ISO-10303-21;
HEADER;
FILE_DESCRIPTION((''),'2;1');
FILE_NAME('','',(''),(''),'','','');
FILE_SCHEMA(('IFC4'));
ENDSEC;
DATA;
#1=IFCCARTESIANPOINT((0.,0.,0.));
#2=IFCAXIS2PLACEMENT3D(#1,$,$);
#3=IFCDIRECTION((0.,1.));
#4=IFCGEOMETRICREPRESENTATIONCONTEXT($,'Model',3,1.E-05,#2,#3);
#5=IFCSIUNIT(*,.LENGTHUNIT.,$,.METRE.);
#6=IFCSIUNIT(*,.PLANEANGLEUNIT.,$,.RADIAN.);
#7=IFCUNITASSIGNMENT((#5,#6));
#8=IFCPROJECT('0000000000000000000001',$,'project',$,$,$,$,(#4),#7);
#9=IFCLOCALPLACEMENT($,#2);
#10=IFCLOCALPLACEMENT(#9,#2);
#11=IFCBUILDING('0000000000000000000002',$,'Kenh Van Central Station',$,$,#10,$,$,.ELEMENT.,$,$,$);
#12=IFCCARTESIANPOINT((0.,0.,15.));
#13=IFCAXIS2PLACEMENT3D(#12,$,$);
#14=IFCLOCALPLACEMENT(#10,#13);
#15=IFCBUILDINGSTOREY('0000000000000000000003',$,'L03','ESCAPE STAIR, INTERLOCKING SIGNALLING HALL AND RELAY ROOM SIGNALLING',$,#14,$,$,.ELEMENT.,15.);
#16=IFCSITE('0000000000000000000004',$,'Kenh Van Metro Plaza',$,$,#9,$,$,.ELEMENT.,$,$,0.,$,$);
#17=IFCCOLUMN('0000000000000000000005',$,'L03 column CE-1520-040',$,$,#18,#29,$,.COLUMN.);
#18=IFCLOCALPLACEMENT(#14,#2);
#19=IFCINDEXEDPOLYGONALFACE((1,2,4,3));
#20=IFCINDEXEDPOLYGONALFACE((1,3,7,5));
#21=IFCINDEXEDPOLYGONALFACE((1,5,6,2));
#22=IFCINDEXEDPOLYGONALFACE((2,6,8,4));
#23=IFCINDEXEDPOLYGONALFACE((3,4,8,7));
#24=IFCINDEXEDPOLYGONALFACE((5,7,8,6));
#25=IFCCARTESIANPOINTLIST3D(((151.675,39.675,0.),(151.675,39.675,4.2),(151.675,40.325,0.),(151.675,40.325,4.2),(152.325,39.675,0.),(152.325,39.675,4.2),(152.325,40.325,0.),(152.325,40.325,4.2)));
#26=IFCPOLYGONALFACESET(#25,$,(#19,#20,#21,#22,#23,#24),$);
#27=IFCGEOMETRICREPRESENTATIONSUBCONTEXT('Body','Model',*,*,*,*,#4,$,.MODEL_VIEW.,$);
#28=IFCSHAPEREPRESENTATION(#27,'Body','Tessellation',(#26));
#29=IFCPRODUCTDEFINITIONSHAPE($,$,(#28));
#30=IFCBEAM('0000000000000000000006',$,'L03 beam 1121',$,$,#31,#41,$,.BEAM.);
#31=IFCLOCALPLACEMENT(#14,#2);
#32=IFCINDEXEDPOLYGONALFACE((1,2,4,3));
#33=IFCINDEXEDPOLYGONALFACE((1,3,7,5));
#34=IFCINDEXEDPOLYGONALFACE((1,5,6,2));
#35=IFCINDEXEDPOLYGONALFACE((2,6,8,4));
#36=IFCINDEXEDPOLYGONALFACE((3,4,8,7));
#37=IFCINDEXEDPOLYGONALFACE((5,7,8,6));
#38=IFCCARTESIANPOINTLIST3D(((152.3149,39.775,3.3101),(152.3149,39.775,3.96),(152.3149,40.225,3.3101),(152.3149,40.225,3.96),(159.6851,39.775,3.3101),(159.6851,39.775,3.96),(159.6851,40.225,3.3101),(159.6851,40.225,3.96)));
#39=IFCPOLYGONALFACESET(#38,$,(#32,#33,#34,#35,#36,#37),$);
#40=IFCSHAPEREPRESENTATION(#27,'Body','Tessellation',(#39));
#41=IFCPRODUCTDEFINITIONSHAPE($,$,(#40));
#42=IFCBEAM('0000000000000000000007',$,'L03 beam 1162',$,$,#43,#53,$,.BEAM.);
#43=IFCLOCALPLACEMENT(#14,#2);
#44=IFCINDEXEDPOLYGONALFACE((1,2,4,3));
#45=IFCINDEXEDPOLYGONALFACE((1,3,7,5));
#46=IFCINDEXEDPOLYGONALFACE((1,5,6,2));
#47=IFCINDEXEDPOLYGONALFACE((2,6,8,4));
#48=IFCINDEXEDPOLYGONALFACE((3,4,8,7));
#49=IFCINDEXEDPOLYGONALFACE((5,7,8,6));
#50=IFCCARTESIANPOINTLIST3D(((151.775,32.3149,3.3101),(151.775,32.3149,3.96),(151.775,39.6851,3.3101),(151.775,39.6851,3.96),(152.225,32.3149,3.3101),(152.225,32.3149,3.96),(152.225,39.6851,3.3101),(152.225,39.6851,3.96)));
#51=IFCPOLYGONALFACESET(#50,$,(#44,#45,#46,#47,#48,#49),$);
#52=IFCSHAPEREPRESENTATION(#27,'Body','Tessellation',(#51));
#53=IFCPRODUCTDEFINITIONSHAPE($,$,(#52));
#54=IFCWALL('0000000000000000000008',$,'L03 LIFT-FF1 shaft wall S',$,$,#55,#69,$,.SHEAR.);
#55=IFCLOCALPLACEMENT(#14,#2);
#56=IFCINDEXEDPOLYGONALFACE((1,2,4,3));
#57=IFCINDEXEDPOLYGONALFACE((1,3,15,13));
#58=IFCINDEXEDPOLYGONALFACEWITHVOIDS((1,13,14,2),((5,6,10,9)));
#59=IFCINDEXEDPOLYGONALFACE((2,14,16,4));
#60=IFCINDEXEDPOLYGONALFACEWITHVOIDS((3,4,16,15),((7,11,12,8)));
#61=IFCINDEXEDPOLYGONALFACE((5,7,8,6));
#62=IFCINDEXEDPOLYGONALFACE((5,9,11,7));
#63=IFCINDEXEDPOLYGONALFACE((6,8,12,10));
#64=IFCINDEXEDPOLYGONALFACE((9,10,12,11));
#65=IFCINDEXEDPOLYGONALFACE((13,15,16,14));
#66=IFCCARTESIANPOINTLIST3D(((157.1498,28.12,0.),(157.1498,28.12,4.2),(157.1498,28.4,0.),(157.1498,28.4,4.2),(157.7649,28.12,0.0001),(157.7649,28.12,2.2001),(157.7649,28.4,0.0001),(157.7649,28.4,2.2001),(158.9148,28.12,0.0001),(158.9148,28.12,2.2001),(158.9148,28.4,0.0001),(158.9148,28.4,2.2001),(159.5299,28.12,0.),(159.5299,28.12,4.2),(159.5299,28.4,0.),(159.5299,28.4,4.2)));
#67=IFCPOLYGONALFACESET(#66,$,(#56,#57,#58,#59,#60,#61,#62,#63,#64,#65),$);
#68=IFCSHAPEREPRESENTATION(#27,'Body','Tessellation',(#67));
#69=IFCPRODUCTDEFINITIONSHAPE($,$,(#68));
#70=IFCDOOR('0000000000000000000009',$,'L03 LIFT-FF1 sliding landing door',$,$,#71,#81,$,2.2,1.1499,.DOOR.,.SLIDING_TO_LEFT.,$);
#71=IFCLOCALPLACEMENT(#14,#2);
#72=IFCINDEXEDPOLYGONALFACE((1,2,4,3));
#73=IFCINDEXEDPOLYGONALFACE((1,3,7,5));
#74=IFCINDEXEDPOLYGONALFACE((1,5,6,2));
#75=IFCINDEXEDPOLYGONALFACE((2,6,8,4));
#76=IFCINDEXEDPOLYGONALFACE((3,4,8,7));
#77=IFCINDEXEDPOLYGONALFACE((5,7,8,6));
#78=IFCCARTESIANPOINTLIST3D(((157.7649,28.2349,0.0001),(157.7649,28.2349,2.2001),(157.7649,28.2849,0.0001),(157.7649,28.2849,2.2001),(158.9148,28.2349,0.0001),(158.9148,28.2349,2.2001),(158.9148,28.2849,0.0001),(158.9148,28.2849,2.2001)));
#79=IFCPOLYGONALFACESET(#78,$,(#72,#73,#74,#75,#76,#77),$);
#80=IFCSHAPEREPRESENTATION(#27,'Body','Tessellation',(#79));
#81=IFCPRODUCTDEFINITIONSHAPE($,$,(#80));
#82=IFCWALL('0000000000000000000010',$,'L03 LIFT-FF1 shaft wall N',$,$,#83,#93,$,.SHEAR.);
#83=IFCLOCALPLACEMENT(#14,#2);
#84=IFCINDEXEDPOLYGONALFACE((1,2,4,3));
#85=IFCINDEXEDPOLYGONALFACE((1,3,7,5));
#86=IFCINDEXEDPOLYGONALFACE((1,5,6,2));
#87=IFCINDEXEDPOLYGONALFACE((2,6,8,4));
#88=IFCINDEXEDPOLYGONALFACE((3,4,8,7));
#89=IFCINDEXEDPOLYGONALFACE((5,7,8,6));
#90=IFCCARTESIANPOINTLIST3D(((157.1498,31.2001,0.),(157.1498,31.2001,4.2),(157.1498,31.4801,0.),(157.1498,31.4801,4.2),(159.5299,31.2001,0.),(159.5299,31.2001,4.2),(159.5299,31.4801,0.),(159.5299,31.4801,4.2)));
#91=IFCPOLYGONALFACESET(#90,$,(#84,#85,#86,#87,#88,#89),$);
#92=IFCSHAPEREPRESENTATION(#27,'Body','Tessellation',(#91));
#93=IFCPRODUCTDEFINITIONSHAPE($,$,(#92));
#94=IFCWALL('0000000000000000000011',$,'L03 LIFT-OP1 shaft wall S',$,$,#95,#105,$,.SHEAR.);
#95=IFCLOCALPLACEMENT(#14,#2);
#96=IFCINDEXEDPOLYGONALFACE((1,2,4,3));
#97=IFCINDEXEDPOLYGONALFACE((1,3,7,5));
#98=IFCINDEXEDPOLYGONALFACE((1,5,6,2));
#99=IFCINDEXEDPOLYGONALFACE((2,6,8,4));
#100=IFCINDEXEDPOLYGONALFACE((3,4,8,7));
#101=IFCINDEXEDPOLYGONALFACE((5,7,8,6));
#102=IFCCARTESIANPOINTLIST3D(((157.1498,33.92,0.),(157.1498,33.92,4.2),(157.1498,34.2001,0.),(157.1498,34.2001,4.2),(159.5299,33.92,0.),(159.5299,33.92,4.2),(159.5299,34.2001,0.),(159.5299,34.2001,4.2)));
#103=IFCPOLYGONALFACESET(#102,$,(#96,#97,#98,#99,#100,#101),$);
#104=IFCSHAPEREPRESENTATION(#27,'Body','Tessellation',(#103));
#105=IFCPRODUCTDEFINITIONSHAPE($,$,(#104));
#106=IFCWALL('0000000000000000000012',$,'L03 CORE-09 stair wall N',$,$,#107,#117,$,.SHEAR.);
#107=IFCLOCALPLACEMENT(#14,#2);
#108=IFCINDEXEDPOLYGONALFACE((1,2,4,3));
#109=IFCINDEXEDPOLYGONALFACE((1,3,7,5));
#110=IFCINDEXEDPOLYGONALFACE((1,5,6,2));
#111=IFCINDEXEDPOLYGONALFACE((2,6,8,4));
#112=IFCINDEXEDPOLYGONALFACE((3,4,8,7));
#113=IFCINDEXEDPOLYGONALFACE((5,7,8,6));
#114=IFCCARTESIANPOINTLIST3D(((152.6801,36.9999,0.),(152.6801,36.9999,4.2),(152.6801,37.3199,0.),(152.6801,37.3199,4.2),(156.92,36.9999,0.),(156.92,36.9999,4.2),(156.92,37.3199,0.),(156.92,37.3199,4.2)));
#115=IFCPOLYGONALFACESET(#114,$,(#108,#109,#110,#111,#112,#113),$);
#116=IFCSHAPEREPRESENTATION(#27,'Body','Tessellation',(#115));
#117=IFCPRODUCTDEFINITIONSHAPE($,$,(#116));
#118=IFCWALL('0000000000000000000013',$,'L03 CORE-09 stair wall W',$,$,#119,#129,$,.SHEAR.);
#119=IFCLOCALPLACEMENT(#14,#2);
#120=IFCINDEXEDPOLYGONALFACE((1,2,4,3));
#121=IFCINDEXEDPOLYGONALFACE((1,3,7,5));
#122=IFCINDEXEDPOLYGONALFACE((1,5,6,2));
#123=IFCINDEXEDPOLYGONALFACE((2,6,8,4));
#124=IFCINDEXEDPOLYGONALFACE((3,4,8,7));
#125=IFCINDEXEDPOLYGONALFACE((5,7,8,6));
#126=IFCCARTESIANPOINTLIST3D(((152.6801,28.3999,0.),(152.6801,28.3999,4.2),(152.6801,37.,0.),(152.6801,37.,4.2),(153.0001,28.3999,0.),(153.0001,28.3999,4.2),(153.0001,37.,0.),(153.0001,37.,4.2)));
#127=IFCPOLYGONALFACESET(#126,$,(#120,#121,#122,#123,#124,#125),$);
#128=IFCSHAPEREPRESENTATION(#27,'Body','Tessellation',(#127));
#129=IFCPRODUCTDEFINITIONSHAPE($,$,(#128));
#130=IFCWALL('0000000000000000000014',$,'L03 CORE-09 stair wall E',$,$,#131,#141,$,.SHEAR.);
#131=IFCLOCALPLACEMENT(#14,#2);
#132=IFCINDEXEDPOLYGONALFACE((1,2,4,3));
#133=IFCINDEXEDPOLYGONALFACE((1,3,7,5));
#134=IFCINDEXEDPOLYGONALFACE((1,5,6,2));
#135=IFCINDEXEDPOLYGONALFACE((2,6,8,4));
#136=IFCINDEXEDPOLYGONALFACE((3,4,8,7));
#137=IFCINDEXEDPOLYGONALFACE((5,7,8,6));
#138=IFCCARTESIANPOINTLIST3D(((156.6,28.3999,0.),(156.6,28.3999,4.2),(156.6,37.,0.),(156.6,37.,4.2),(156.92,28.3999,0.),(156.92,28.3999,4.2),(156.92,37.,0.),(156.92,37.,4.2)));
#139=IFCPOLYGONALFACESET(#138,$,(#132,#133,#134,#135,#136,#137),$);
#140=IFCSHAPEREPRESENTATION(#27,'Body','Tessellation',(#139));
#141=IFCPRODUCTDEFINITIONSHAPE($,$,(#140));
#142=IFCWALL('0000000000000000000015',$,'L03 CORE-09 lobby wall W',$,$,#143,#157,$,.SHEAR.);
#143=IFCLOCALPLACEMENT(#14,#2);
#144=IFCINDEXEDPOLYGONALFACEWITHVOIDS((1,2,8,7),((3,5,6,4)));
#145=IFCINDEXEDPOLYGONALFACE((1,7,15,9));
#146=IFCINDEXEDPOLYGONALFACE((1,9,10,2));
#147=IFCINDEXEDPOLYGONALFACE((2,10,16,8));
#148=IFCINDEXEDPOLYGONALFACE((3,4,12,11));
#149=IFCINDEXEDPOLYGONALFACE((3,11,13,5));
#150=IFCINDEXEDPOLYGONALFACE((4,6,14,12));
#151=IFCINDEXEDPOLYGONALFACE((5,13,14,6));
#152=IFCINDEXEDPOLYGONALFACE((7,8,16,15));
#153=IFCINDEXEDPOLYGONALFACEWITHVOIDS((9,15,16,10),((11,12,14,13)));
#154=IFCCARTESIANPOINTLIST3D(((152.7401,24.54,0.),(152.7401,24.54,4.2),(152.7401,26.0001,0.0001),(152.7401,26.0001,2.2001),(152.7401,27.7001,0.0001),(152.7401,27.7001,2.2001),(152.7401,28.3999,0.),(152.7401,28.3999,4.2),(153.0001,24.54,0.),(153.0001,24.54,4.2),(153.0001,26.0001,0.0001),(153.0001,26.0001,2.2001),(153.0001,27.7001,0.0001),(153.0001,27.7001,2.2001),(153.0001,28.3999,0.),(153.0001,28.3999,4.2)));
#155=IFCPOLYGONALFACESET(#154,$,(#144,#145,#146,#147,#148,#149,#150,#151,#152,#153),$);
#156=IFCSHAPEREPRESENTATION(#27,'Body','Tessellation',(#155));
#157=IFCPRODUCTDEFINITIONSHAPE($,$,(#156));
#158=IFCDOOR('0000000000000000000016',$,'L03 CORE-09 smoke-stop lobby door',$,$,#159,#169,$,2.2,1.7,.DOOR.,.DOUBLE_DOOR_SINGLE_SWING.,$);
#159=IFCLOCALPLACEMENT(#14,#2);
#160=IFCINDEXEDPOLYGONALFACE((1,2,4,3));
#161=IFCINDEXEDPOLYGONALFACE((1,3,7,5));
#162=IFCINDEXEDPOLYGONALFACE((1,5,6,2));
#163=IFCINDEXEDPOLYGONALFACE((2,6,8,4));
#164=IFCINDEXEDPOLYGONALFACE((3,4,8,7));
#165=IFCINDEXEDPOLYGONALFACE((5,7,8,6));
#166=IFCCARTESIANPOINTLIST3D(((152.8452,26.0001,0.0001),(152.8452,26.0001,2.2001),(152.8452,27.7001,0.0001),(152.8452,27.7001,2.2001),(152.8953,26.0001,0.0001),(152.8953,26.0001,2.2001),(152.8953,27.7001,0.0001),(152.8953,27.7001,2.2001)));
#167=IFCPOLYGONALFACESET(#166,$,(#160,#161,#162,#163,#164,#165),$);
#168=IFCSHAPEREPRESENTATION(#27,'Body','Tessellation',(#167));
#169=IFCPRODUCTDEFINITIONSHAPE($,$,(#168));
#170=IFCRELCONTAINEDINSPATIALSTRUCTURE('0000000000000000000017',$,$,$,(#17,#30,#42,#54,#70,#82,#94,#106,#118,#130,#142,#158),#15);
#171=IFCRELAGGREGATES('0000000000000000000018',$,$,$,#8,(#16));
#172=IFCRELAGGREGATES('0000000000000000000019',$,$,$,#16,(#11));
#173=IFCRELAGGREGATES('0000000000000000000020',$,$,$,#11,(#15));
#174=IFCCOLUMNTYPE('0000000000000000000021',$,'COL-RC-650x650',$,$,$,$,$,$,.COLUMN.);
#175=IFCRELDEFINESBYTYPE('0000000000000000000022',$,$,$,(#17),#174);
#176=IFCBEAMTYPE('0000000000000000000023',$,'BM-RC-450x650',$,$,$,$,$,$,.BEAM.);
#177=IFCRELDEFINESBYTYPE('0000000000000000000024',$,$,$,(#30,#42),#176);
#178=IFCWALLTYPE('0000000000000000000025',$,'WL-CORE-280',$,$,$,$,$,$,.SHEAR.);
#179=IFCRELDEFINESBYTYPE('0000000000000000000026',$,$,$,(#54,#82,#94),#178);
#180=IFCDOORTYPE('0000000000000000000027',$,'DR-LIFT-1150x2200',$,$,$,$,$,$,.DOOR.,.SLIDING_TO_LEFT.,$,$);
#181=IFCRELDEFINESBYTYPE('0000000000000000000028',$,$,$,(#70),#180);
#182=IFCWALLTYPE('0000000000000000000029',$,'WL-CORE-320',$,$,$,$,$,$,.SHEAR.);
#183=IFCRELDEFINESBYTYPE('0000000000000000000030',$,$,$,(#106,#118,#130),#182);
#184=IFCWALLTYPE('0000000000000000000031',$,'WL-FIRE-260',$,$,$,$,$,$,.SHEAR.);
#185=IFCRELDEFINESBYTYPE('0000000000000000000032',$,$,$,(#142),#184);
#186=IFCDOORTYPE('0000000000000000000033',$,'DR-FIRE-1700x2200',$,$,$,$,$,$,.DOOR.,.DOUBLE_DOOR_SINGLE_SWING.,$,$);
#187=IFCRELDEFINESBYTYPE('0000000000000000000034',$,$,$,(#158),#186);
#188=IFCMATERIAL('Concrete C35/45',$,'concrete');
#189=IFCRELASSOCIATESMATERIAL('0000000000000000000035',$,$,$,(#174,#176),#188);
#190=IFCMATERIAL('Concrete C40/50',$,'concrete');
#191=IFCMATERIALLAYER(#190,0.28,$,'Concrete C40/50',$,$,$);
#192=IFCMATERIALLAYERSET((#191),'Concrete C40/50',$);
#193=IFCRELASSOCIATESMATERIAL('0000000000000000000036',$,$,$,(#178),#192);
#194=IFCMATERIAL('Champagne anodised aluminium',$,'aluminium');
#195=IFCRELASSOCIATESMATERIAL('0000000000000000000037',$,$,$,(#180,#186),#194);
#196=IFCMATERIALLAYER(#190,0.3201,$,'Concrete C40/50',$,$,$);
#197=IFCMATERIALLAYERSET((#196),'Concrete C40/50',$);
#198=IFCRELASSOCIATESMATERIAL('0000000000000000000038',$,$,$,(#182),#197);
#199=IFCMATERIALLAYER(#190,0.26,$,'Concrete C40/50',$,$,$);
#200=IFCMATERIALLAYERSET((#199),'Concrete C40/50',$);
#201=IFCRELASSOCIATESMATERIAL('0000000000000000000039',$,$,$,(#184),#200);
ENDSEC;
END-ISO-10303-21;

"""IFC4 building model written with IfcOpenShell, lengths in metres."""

from ifc_helpers import new_model, si_unit, direction, frame, frame_2d, origin, origin_2d, place, context, subcontext, project, spatial, rectangle, extrude, material, layer, layer_set, material_profile, profile_set, type_object, element, fill, save


model = new_model("IFC4")

# Units and contexts
model_context = context("Model", 3, precision=1e-05, world=origin(), true_north=direction((0.0, 1.0)))
body_context = subcontext(model_context, "Body", "Model", "MODEL_VIEW")
ifc_project = project(units=[si_unit("LENGTHUNIT", "METRE"), si_unit("PLANEANGLEUNIT", "RADIAN")], contexts=[model_context])

# Site, building, storey
site_placement = place(None, origin())
site = spatial("IfcSite", under=ifc_project, at=site_placement, Name="Kenh Van Metro Plaza", CompositionType="ELEMENT", RefElevation=0.0)
building_placement = place(site_placement, origin())
building = spatial("IfcBuilding", under=site, at=building_placement, Name="Kenh Van Central Station", CompositionType="ELEMENT")
storey_placement = place(building_placement, frame((0.0, 0.0, 15.0)))
storey = spatial("IfcBuildingStorey", under=building, at=storey_placement, Name="L03", Description="ESCAPE STAIR, INTERLOCKING SIGNALLING HALL AND RELAY ROOM SIGNALLING", CompositionType="ELEMENT", Elevation=15.0)

# Column
ifc_material_1 = material(Name="Concrete C35/45", Category="concrete")
ifc_material_profile_1 = material_profile(ifc_material_1, rectangle(XDim=0.6499, YDim=0.6499, at=origin_2d()), Name="RC 650x650")
ifc_profile_set_1 = profile_set([ifc_material_profile_1], Name="Concrete C35/45")
column_type = type_object("IfcColumnType", Name="COL-RC-650x650", PredefinedType="COLUMN", material=ifc_profile_set_1)
column_placement = place(storey_placement, frame((152.0, 40.0, 0.0), z_axis=(0.0, 0.0, 1.0), x_axis=(1.0, 0.0, 0.0)))
element("IfcColumn", 1, at=column_placement, inside=storey, type_object=column_type, Name="L03 column CE-1520-040", PredefinedType="COLUMN", context=body_context, shape_type="SweptSolid", body=[
    extrude(rectangle(XDim=0.6499, YDim=0.6499, at=origin_2d()), origin(), (0.0, 0.0, 1.0), 4.2),
])

# Beams
ifc_material_profile_2 = material_profile(ifc_material_1, rectangle(XDim=0.45, YDim=0.6499, at=origin_2d()), Name="RC 450x650")
ifc_profile_set_2 = profile_set([ifc_material_profile_2], Name="Concrete C35/45")
beam_type = type_object("IfcBeamType", Name="BM-RC-450x650", PredefinedType="BEAM", material=ifc_profile_set_2)
for number, where, z_axis, x_axis, name in (
    (2, (152.3149, 40.0, 3.635), (1.0, 0.0, 0.0), (0.0, 1.0, 0.0), "L03 beam 1121"),
    (3, (152.0, 32.3149, 3.635), (0.0, 1.0, 0.0), (-1.0, 0.0, 0.0), "L03 beam 1162"),
):
    element("IfcBeam", number, at=place(storey_placement, frame(where, z_axis=z_axis, x_axis=x_axis)), inside=storey, type_object=beam_type, Name=name, PredefinedType="BEAM", context=body_context, shape_type="SweptSolid", body=[
        extrude(rectangle(XDim=0.45, YDim=0.6499, at=origin_2d()), origin(), (0.0, 0.0, 1.0), 7.3701),
    ])

# Wall, opening, door
ifc_material_2 = material(Name="Concrete C40/50", Category="concrete")
ifc_layer_1 = layer(ifc_material_2, 0.28, Name="Concrete C40/50")
ifc_layer_set_1 = layer_set([ifc_layer_1], Name="Concrete C40/50")
wall_type_1 = type_object("IfcWallType", Name="WL-CORE-280", PredefinedType="SHEAR", material=ifc_layer_set_1)
wall_1_placement = place(storey_placement, frame((157.1499, 28.26, 0.0), z_axis=(0.0, 0.0, 1.0), x_axis=(1.0, 0.0, 0.0)))
wall_1 = element("IfcWall", 4, at=wall_1_placement, inside=storey, type_object=wall_type_1, Name="L03 LIFT-FF1 shaft wall S", PredefinedType="SHEAR", context=body_context, shape_type="SweptSolid", body=[
    extrude(rectangle(XDim=2.3801, YDim=0.28, at=frame_2d((1.1899, 0.0))), origin(), (0.0, 0.0, 1.0), 4.2),
])
opening_1_placement = place(wall_1_placement, frame((0.615, 0.0, 0.0)))
opening_1 = element("IfcOpeningElement", 5, at=opening_1_placement, cuts=wall_1, PredefinedType="OPENING", context=body_context, shape_type="SweptSolid", body=[
    extrude(rectangle(XDim=1.1499, YDim=2.2, at=frame_2d((0.575, 1.1001))), frame((0.0, 0.1499, 0.0), z_axis=(0.0, -1.0, 0.0), x_axis=(1.0, 0.0, 0.0)), (0.0, 0.0, 1.0), 0.3),
])
ifc_material_3 = material(Name="Champagne anodised aluminium", Category="aluminium")
door_type_1 = type_object("IfcDoorType", Name="DR-LIFT-1150x2200", OperationType="SLIDING_TO_LEFT", PredefinedType="DOOR", material=ifc_material_3)
door_1_placement = place(opening_1_placement, origin())
door_1 = element("IfcDoor", 6, at=door_1_placement, inside=storey, type_object=door_type_1, Name="L03 LIFT-FF1 sliding landing door", OperationType="SLIDING_TO_LEFT", OverallHeight=2.2, OverallWidth=1.1499, PredefinedType="DOOR", context=body_context, shape_type="SweptSolid", body=[
    extrude(rectangle(XDim=1.1499, YDim=2.2, at=frame_2d((0.575, 1.1001))), frame((0.0, 0.0249, 0.0), z_axis=(0.0, -1.0, 0.0), x_axis=(1.0, 0.0, 0.0)), (0.0, 0.0, 1.0), 0.05),
])
fill(opening_1, door_1)

# Walls
for number, where, z_axis, x_axis, name in (
    (7, (157.1499, 31.3401, 0.0), (0.0, 0.0, 1.0), (1.0, 0.0, 0.0), "L03 LIFT-FF1 shaft wall N"),
    (8, (157.1499, 34.0601, 0.0), (0.0, 0.0, 1.0), (1.0, 0.0, 0.0), "L03 LIFT-OP1 shaft wall S"),
):
    element("IfcWall", number, at=place(storey_placement, frame(where, z_axis=z_axis, x_axis=x_axis)), inside=storey, type_object=wall_type_1, Name=name, PredefinedType="SHEAR", context=body_context, shape_type="SweptSolid", body=[
        extrude(rectangle(XDim=2.3801, YDim=0.28, at=frame_2d((1.1899, 0.0))), origin(), (0.0, 0.0, 1.0), 4.2),
    ])

# Shared definitions
ifc_layer_2 = layer(ifc_material_2, 0.3201, Name="Concrete C40/50")
ifc_layer_set_2 = layer_set([ifc_layer_2], Name="Concrete C40/50")
wall_type_2 = type_object("IfcWallType", Name="WL-CORE-320", PredefinedType="SHEAR", material=ifc_layer_set_2)

# Walls
wall_2_placement = place(storey_placement, frame((152.6799, 37.1599, 0.0), z_axis=(0.0, 0.0, 1.0), x_axis=(1.0, 0.0, 0.0)))
element("IfcWall", 9, at=wall_2_placement, inside=storey, type_object=wall_type_2, Name="L03 CORE-09 stair wall N", PredefinedType="SHEAR", context=body_context, shape_type="SweptSolid", body=[
    extrude(rectangle(XDim=4.24, YDim=0.3201, at=frame_2d((2.1201, 0.0))), origin(), (0.0, 0.0, 1.0), 4.2),
])
for number, where, z_axis, x_axis, name in (
    (10, (152.8401, 28.3999, 0.0), (0.0, 0.0, 1.0), (0.0, 1.0, 0.0), "L03 CORE-09 stair wall W"),
    (11, (156.76, 28.3999, 0.0), (0.0, 0.0, 1.0), (0.0, 1.0, 0.0), "L03 CORE-09 stair wall E"),
):
    element("IfcWall", number, at=place(storey_placement, frame(where, z_axis=z_axis, x_axis=x_axis)), inside=storey, type_object=wall_type_2, Name=name, PredefinedType="SHEAR", context=body_context, shape_type="SweptSolid", body=[
        extrude(rectangle(XDim=8.6001, YDim=0.3201, at=frame_2d((4.3, 0.0))), origin(), (0.0, 0.0, 1.0), 4.2),
    ])

# Wall, opening, door
ifc_layer_3 = layer(ifc_material_2, 0.26, Name="Concrete C40/50")
ifc_layer_set_3 = layer_set([ifc_layer_3], Name="Concrete C40/50")
wall_type_3 = type_object("IfcWallType", Name="WL-FIRE-260", PredefinedType="SHEAR", material=ifc_layer_set_3)
wall_3_placement = place(storey_placement, frame((152.8701, 24.54, 0.0), z_axis=(0.0, 0.0, 1.0), x_axis=(0.0, 1.0, 0.0)))
wall_3 = element("IfcWall", 12, at=wall_3_placement, inside=storey, type_object=wall_type_3, Name="L03 CORE-09 lobby wall W", PredefinedType="SHEAR", context=body_context, shape_type="SweptSolid", body=[
    extrude(rectangle(XDim=3.8599, YDim=0.26, at=frame_2d((1.9299, 0.0))), origin(), (0.0, 0.0, 1.0), 4.2),
])
opening_2_placement = place(wall_3_placement, frame((1.46, 0.0, 0.0)))
opening_2 = element("IfcOpeningElement", 13, at=opening_2_placement, cuts=wall_3, PredefinedType="OPENING", context=body_context, shape_type="SweptSolid", body=[
    extrude(rectangle(XDim=1.7, YDim=2.2, at=frame_2d((0.8501, 1.1001))), frame((0.0, 0.1399, 0.0), z_axis=(0.0, -1.0, 0.0), x_axis=(1.0, 0.0, 0.0)), (0.0, 0.0, 1.0), 0.28),
])
door_type_2 = type_object("IfcDoorType", Name="DR-FIRE-1700x2200", OperationType="DOUBLE_DOOR_SINGLE_SWING", PredefinedType="DOOR", material=ifc_material_3)
door_2_placement = place(opening_2_placement, origin())
door_2 = element("IfcDoor", 14, at=door_2_placement, inside=storey, type_object=door_type_2, Name="L03 CORE-09 smoke-stop lobby door", OperationType="DOUBLE_DOOR_SINGLE_SWING", OverallHeight=2.2, OverallWidth=1.7, PredefinedType="DOOR", context=body_context, shape_type="SweptSolid", body=[
    extrude(rectangle(XDim=1.7, YDim=2.2, at=frame_2d((0.8501, 1.1001))), frame((0.0, 0.0249, 0.0), z_axis=(0.0, -1.0, 0.0), x_axis=(1.0, 0.0, 0.0)), (0.0, 0.0, 1.0), 0.05),
])
fill(opening_2, door_2)

save(model, "model.ifc")
